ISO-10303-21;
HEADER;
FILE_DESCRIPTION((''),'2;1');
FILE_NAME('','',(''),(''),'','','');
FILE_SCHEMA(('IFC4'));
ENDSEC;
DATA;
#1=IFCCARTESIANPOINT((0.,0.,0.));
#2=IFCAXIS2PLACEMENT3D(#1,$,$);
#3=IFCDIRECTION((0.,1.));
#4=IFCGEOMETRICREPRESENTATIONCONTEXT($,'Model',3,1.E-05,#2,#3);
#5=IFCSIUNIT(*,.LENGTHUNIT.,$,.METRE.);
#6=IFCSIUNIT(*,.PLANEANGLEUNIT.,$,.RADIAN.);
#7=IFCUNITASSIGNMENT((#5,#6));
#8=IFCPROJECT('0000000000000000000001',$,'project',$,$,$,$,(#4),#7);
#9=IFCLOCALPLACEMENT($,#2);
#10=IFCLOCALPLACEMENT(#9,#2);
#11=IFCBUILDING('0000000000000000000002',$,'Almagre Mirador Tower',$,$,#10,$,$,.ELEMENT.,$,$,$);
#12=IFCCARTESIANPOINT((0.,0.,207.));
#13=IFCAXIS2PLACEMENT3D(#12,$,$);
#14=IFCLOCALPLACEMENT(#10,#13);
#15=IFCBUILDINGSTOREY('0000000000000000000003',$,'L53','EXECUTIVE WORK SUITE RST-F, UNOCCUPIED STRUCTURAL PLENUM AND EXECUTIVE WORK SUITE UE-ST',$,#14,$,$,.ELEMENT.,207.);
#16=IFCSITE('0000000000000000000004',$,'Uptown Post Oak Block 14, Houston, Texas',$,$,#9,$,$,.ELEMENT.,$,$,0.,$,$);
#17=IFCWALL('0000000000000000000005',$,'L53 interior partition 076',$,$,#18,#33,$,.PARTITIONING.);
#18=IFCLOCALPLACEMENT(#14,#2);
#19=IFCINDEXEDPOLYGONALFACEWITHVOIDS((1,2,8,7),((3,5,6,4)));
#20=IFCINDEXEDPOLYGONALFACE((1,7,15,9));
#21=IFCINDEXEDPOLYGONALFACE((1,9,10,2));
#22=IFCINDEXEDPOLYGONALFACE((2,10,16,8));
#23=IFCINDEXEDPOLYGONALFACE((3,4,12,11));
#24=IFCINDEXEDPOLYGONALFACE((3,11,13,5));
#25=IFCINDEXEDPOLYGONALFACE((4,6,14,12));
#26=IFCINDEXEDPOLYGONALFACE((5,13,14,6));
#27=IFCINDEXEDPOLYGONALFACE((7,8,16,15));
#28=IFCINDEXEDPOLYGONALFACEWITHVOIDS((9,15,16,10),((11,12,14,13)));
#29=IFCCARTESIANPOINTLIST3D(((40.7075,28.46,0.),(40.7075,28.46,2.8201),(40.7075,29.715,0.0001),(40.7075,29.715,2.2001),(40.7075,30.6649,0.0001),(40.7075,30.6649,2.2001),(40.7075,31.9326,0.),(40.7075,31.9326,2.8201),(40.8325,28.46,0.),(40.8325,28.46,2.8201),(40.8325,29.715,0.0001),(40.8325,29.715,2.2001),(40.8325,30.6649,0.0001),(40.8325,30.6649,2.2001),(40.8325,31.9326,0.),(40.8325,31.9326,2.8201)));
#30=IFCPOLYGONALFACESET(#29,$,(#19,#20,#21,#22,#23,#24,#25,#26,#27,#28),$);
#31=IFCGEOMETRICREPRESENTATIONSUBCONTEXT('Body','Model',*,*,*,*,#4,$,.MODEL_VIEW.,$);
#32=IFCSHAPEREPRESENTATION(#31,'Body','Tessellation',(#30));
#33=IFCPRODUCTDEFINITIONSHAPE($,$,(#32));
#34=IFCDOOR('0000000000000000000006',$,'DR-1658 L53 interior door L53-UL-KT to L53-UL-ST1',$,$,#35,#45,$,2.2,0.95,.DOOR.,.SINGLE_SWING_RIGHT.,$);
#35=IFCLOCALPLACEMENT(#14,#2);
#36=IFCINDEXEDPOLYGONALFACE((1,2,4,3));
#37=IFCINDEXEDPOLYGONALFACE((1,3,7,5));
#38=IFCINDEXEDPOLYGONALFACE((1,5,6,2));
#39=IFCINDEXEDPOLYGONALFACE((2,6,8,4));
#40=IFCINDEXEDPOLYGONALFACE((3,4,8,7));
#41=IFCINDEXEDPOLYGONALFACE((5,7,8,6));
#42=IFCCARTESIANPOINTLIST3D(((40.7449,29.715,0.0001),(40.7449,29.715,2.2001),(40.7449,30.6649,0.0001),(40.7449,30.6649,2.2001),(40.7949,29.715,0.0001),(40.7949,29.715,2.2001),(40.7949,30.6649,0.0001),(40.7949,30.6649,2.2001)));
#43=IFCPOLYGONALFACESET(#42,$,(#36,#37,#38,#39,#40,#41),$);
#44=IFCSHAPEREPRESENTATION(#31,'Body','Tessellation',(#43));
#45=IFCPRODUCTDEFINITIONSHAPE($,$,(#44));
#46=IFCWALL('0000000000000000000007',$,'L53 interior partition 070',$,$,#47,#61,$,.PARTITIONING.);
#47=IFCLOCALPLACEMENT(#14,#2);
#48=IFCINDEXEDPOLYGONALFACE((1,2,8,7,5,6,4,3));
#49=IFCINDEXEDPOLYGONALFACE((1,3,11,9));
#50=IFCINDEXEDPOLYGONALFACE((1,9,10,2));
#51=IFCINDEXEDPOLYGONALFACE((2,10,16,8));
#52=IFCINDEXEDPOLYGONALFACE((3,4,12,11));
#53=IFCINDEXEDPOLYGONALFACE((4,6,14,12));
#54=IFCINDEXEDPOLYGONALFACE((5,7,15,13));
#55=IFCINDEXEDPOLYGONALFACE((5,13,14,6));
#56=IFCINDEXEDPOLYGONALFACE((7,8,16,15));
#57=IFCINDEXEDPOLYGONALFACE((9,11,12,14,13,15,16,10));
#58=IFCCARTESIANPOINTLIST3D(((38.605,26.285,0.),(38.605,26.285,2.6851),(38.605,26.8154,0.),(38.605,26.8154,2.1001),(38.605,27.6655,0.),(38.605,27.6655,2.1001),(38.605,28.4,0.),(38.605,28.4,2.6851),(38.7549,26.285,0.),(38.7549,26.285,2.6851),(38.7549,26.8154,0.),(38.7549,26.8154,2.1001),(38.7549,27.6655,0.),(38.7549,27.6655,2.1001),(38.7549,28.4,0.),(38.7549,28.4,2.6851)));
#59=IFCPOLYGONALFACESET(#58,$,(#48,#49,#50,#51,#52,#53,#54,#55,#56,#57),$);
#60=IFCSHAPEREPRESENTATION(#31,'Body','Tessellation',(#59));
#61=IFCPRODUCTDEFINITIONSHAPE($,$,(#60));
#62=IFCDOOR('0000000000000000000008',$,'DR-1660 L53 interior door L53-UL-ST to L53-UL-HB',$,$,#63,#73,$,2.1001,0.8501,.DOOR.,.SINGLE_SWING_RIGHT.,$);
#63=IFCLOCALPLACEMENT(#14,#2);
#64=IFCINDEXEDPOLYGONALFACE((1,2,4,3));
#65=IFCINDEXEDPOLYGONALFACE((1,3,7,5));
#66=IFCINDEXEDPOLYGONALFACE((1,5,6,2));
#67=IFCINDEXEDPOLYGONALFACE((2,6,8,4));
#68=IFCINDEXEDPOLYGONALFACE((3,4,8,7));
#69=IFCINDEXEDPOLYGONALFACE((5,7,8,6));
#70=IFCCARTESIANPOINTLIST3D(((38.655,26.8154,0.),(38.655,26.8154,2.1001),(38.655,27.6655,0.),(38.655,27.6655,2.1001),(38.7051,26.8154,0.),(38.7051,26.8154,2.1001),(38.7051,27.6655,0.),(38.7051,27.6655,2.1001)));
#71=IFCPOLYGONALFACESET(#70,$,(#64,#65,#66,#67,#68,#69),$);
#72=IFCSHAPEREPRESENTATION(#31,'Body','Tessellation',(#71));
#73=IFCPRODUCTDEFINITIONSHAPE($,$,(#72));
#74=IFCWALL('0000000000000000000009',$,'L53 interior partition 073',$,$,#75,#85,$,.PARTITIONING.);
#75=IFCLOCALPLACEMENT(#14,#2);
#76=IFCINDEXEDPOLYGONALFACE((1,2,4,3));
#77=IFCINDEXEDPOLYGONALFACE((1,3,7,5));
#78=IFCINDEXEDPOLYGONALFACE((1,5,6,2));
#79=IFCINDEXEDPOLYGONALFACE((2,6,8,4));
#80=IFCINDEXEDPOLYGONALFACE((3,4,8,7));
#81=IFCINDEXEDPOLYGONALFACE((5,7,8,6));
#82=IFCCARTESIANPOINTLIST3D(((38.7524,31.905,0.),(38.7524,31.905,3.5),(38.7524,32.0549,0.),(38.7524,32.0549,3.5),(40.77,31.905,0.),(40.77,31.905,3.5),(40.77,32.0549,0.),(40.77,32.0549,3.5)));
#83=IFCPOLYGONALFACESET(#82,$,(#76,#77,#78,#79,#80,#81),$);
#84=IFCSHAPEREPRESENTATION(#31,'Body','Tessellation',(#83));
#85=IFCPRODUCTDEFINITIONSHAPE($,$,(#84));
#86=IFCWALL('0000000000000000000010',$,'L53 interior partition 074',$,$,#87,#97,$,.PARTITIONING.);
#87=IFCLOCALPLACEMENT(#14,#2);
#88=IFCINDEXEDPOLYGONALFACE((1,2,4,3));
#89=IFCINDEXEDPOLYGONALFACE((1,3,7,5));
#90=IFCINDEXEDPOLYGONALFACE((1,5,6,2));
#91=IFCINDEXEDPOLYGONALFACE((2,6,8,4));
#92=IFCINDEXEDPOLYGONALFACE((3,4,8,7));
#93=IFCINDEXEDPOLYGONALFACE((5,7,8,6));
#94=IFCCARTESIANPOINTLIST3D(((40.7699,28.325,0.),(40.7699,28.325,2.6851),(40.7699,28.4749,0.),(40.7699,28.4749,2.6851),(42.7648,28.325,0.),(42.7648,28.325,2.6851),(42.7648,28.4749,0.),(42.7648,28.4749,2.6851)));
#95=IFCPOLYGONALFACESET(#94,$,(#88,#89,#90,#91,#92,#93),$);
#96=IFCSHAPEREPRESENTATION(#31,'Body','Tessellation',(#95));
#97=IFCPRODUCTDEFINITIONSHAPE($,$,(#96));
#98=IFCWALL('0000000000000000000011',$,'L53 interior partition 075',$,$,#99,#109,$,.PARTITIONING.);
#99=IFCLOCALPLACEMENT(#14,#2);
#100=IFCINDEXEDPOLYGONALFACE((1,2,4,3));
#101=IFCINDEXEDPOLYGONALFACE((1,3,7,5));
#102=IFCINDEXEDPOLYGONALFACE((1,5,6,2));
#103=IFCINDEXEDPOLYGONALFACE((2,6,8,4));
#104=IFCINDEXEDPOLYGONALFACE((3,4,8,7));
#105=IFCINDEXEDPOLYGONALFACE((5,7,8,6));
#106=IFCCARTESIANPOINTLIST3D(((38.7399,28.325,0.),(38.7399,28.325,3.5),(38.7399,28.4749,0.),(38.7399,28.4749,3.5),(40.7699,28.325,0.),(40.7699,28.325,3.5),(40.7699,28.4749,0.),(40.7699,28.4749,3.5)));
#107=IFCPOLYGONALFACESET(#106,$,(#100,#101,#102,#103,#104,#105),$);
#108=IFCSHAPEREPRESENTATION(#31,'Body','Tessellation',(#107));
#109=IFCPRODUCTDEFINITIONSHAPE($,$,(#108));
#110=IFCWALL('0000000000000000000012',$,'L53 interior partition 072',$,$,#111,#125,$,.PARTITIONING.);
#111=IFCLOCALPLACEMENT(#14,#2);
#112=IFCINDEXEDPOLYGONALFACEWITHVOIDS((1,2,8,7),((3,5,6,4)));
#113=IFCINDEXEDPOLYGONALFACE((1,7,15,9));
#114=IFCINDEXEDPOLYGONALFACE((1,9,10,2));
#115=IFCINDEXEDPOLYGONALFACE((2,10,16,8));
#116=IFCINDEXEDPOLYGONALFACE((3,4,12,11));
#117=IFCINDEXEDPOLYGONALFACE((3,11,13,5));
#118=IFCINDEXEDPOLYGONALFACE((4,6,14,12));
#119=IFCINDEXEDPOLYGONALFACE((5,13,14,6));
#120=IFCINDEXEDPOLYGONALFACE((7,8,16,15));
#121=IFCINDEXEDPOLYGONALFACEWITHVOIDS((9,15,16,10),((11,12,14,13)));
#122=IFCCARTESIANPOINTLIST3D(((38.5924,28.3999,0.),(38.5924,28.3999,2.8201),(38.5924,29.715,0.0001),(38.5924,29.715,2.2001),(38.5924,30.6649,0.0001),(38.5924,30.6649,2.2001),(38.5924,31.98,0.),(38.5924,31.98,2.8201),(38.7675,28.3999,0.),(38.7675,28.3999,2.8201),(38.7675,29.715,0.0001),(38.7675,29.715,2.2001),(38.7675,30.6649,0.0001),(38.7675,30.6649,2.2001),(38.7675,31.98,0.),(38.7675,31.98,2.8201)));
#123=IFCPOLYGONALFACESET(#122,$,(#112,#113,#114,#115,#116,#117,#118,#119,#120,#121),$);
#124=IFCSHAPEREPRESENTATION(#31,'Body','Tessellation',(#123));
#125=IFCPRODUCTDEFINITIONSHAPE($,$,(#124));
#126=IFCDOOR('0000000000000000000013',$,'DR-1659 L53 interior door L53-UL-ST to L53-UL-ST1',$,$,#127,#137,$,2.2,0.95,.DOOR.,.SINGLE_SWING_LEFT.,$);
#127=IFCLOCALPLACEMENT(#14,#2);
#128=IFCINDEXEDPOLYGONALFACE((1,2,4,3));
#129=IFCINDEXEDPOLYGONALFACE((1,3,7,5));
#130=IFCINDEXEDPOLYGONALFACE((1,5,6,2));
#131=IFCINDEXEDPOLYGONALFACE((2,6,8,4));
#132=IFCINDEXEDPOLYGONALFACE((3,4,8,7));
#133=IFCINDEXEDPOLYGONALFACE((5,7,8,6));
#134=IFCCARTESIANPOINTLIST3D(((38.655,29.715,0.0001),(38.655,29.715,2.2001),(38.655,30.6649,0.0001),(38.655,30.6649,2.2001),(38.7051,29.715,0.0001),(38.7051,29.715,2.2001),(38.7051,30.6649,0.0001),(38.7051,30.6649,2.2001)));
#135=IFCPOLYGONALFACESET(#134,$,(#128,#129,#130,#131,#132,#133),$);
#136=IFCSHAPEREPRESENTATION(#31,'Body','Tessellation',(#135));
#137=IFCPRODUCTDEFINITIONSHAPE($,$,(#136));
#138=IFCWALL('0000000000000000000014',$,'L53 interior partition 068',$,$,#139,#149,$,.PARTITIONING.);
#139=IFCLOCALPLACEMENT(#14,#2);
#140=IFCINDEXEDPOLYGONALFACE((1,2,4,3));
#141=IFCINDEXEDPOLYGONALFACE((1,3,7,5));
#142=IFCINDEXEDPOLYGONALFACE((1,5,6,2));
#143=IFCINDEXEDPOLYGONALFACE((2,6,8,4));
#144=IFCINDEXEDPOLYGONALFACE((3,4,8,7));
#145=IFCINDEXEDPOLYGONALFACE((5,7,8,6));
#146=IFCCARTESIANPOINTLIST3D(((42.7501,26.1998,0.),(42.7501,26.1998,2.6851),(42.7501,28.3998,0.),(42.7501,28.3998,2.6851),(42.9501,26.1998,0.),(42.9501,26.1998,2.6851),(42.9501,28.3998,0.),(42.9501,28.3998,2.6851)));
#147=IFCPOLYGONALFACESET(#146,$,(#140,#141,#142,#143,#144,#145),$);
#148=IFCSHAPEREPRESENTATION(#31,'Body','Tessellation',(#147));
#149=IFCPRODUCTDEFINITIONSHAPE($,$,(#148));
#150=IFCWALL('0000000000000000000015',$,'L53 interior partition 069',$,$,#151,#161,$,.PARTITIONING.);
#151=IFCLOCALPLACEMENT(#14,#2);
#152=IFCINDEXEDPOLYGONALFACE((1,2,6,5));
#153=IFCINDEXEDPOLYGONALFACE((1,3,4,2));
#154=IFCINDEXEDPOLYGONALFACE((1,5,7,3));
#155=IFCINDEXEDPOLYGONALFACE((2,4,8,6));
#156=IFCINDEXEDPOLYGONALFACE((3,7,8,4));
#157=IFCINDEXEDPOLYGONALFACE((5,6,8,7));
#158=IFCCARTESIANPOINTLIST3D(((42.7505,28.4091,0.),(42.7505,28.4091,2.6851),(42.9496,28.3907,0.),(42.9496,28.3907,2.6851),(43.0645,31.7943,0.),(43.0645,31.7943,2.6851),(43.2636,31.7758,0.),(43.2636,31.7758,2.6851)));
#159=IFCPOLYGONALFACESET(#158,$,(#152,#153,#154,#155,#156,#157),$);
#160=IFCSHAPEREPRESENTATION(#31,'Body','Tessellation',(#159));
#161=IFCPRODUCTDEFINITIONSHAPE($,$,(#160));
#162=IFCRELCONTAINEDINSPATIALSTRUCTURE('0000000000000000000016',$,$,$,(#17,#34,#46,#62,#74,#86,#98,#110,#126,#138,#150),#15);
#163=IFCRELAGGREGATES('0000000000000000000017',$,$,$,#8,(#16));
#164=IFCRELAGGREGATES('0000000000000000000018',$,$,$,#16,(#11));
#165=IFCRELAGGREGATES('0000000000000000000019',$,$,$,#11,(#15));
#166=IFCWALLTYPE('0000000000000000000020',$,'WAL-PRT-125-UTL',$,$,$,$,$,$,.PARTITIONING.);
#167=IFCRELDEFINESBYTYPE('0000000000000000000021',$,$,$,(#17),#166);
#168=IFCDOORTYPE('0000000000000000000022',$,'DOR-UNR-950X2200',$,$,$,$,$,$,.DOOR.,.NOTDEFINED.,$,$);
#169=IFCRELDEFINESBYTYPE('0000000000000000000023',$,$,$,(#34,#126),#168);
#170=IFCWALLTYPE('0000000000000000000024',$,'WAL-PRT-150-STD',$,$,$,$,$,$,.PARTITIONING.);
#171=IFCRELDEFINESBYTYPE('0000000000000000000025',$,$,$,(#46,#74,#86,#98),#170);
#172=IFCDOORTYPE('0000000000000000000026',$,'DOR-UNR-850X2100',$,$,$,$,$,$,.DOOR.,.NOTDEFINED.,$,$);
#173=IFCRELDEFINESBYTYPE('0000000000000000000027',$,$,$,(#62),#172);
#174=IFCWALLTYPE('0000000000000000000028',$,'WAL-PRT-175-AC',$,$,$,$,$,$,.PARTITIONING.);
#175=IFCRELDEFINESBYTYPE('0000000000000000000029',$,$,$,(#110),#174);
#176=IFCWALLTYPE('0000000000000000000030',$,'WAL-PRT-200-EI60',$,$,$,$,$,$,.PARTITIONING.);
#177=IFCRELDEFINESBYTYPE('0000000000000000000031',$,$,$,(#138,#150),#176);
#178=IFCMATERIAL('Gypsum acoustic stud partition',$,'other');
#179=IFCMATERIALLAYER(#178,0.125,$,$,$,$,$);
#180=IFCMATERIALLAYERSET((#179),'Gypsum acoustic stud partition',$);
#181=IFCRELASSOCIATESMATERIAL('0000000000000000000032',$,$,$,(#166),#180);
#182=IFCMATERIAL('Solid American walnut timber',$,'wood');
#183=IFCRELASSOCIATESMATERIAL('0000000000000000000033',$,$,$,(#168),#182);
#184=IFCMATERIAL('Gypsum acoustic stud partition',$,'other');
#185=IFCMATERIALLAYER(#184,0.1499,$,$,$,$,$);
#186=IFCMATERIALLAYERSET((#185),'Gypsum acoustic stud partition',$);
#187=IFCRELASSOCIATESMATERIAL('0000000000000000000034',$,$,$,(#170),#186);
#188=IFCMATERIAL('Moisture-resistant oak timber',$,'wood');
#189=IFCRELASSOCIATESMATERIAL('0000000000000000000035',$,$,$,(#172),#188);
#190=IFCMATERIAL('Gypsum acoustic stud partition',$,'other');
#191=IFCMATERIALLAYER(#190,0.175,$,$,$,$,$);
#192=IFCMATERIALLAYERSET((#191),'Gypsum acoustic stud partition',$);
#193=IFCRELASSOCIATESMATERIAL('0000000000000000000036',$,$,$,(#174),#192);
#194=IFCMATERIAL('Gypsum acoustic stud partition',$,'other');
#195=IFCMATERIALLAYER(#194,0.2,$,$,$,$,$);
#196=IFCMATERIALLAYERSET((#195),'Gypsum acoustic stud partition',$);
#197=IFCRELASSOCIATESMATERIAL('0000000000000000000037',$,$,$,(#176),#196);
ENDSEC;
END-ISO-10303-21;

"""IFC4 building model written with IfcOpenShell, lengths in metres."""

from ifc_helpers import new_model, si_unit, direction, frame, frame_2d, origin, place, context, subcontext, project, spatial, rectangle, extrude, material, layer, layer_set, type_object, element, fill, save


model = new_model("IFC4")

# Units and contexts
model_context = context("Model", 3, precision=1e-05, world=origin(), true_north=direction((0.0, 1.0)))
body_context = subcontext(model_context, "Body", "Model", "MODEL_VIEW")
ifc_project = project(units=[si_unit("LENGTHUNIT", "METRE"), si_unit("PLANEANGLEUNIT", "RADIAN")], contexts=[model_context])

# Site, building, storey
site_placement = place(None, origin())
site = spatial("IfcSite", under=ifc_project, at=site_placement, Name="Uptown Post Oak Block 14, Houston, Texas", CompositionType="ELEMENT", RefElevation=0.0)
building_placement = place(site_placement, origin())
building = spatial("IfcBuilding", under=site, at=building_placement, Name="Almagre Mirador Tower", CompositionType="ELEMENT")
storey_placement = place(building_placement, frame((0.0, 0.0, 207.0)))
storey = spatial("IfcBuildingStorey", under=building, at=storey_placement, Name="L53", Description="EXECUTIVE WORK SUITE RST-F, UNOCCUPIED STRUCTURAL PLENUM AND EXECUTIVE WORK SUITE UE-ST", CompositionType="ELEMENT", Elevation=207.0)

# Shared definitions
ifc_material_1 = material(Name="Gypsum acoustic stud partition", Category="other")
ifc_layer_1 = layer(ifc_material_1, 0.125)
ifc_layer_set_1 = layer_set([ifc_layer_1], Name="Gypsum acoustic stud partition")
wall_type_1 = type_object("IfcWallType", Name="WAL-PRT-125-UTL", PredefinedType="PARTITIONING", material=ifc_layer_set_1)

# Walls, openings, doors
wall_1_placement = place(storey_placement, frame((40.77, 31.9326, 0.0), z_axis=(0.0, 0.0, 1.0), x_axis=(0.0, -1.0, 0.0)))
wall_1 = element("IfcWall", 1, at=wall_1_placement, inside=storey, type_object=wall_type_1, Name="L53 interior partition 076", PredefinedType="PARTITIONING", context=body_context, shape_type="SweptSolid", body=[
    extrude(rectangle(XDim=3.4727, YDim=0.125, at=frame_2d((1.7363, 0.0))), origin(), (0.0, 0.0, 1.0), 2.8201),
])
opening_1_placement = place(wall_1_placement, frame((1.2676, 0.0, 0.0)))
opening_1 = element("IfcOpeningElement", 2, at=opening_1_placement, cuts=wall_1, PredefinedType="OPENING", context=body_context, shape_type="SweptSolid", body=[
    extrude(rectangle(XDim=0.95, YDim=2.2, at=frame_2d((0.4751, 1.1001))), frame((0.0, 0.0725, 0.0), z_axis=(0.0, -1.0, 0.0), x_axis=(1.0, 0.0, 0.0)), (0.0, 0.0, 1.0), 0.145),
])
ifc_material_2 = material(Name="Solid American walnut timber", Category="wood")
door_type_1 = type_object("IfcDoorType", Name="DOR-UNR-950X2200", OperationType="NOTDEFINED", PredefinedType="DOOR", material=ifc_material_2)
door_1_placement = place(opening_1_placement, origin())
door_1 = element("IfcDoor", 3, at=door_1_placement, inside=storey, type_object=door_type_1, Name="DR-1658 L53 interior door L53-UL-KT to L53-UL-ST1", OperationType="SINGLE_SWING_RIGHT", OverallHeight=2.2, OverallWidth=0.95, PredefinedType="DOOR", context=body_context, shape_type="SweptSolid", body=[
    extrude(rectangle(XDim=0.95, YDim=2.2, at=frame_2d((0.4751, 1.1001))), frame((0.0, 0.0249, 0.0), z_axis=(0.0, -1.0, 0.0), x_axis=(1.0, 0.0, 0.0)), (0.0, 0.0, 1.0), 0.05),
])
fill(opening_1, door_1)
ifc_material_3 = material(Name="Gypsum acoustic stud partition", Category="other")
ifc_layer_2 = layer(ifc_material_3, 0.1499)
ifc_layer_set_2 = layer_set([ifc_layer_2], Name="Gypsum acoustic stud partition")
wall_type_2 = type_object("IfcWallType", Name="WAL-PRT-150-STD", PredefinedType="PARTITIONING", material=ifc_layer_set_2)
wall_2_placement = place(storey_placement, frame((38.6799, 26.2849, 0.0), z_axis=(0.0, 0.0, 1.0), x_axis=(0.0, 1.0, 0.0)))
wall_2 = element("IfcWall", 4, at=wall_2_placement, inside=storey, type_object=wall_type_2, Name="L53 interior partition 070", PredefinedType="PARTITIONING", context=body_context, shape_type="SweptSolid", body=[
    extrude(rectangle(XDim=2.115, YDim=0.1499, at=frame_2d((1.0576, 0.0))), origin(), (0.0, 0.0, 1.0), 2.6851),
])
opening_2_placement = place(wall_2_placement, frame((0.5305, 0.0, 0.0)))
opening_2 = element("IfcOpeningElement", 5, at=opening_2_placement, cuts=wall_2, PredefinedType="OPENING", context=body_context, shape_type="SweptSolid", body=[
    extrude(rectangle(XDim=0.8501, YDim=2.1001, at=frame_2d((0.425, 1.05))), frame((0.0, 0.085, 0.0), z_axis=(0.0, -1.0, 0.0), x_axis=(1.0, 0.0, 0.0)), (0.0, 0.0, 1.0), 0.1699),
])
ifc_material_4 = material(Name="Moisture-resistant oak timber", Category="wood")
door_type_2 = type_object("IfcDoorType", Name="DOR-UNR-850X2100", OperationType="NOTDEFINED", PredefinedType="DOOR", material=ifc_material_4)
door_2_placement = place(opening_2_placement, origin())
door_2 = element("IfcDoor", 6, at=door_2_placement, inside=storey, type_object=door_type_2, Name="DR-1660 L53 interior door L53-UL-ST to L53-UL-HB", OperationType="SINGLE_SWING_RIGHT", OverallHeight=2.1001, OverallWidth=0.8501, PredefinedType="DOOR", context=body_context, shape_type="SweptSolid", body=[
    extrude(rectangle(XDim=0.8501, YDim=2.1001, at=frame_2d((0.425, 1.05))), frame((0.0, 0.0249, 0.0), z_axis=(0.0, -1.0, 0.0), x_axis=(1.0, 0.0, 0.0)), (0.0, 0.0, 1.0), 0.05),
])
fill(opening_2, door_2)

# Walls
wall_3_placement = place(storey_placement, frame((38.7524, 31.98, 0.0), z_axis=(0.0, 0.0, 1.0), x_axis=(1.0, 0.0, 0.0)))
element("IfcWall", 7, at=wall_3_placement, inside=storey, type_object=wall_type_2, Name="L53 interior partition 073", PredefinedType="PARTITIONING", context=body_context, shape_type="SweptSolid", body=[
    extrude(rectangle(XDim=2.0176, YDim=0.1499, at=frame_2d((1.0088, 0.0))), origin(), (0.0, 0.0, 1.0), 3.5),
])
wall_4_placement = place(storey_placement, frame((42.7649, 28.3999, 0.0), z_axis=(0.0, 0.0, 1.0), x_axis=(-1.0, 0.0, 0.0)))
element("IfcWall", 8, at=wall_4_placement, inside=storey, type_object=wall_type_2, Name="L53 interior partition 074", PredefinedType="PARTITIONING", context=body_context, shape_type="SweptSolid", body=[
    extrude(rectangle(XDim=1.9949, YDim=0.1499, at=frame_2d((0.9976, 0.0))), origin(), (0.0, 0.0, 1.0), 2.6851),
])
wall_5_placement = place(storey_placement, frame((40.77, 28.3999, 0.0), z_axis=(0.0, 0.0, 1.0), x_axis=(-1.0, 0.0, 0.0)))
element("IfcWall", 9, at=wall_5_placement, inside=storey, type_object=wall_type_2, Name="L53 interior partition 075", PredefinedType="PARTITIONING", context=body_context, shape_type="SweptSolid", body=[
    extrude(rectangle(XDim=2.03, YDim=0.1499, at=frame_2d((1.0151, 0.0))), origin(), (0.0, 0.0, 1.0), 3.5),
])

# Wall, opening, door
ifc_material_5 = material(Name="Gypsum acoustic stud partition", Category="other")
ifc_layer_3 = layer(ifc_material_5, 0.175)
ifc_layer_set_3 = layer_set([ifc_layer_3], Name="Gypsum acoustic stud partition")
wall_type_3 = type_object("IfcWallType", Name="WAL-PRT-175-AC", PredefinedType="PARTITIONING", material=ifc_layer_set_3)
wall_6_placement = place(storey_placement, frame((38.6799, 28.3999, 0.0), z_axis=(0.0, 0.0, 1.0), x_axis=(0.0, 1.0, 0.0)))
wall_6 = element("IfcWall", 10, at=wall_6_placement, inside=storey, type_object=wall_type_3, Name="L53 interior partition 072", PredefinedType="PARTITIONING", context=body_context, shape_type="SweptSolid", body=[
    extrude(rectangle(XDim=3.5801, YDim=0.175, at=frame_2d((1.79, 0.0))), origin(), (0.0, 0.0, 1.0), 2.8201),
])
opening_3_placement = place(wall_6_placement, frame((1.3149, 0.0, 0.0)))
opening_3 = element("IfcOpeningElement", 11, at=opening_3_placement, cuts=wall_6, PredefinedType="OPENING", context=body_context, shape_type="SweptSolid", body=[
    extrude(rectangle(XDim=0.95, YDim=2.2, at=frame_2d((0.4751, 1.1001))), frame((0.0, 0.0974, 0.0), z_axis=(0.0, -1.0, 0.0), x_axis=(1.0, 0.0, 0.0)), (0.0, 0.0, 1.0), 0.195),
])
door_3_placement = place(opening_3_placement, origin())
door_3 = element("IfcDoor", 12, at=door_3_placement, inside=storey, type_object=door_type_1, Name="DR-1659 L53 interior door L53-UL-ST to L53-UL-ST1", OperationType="SINGLE_SWING_LEFT", OverallHeight=2.2, OverallWidth=0.95, PredefinedType="DOOR", context=body_context, shape_type="SweptSolid", body=[
    extrude(rectangle(XDim=0.95, YDim=2.2, at=frame_2d((0.4751, 1.1001))), frame((0.0, 0.0249, 0.0), z_axis=(0.0, -1.0, 0.0), x_axis=(1.0, 0.0, 0.0)), (0.0, 0.0, 1.0), 0.05),
])
fill(opening_3, door_3)

# Walls
ifc_material_6 = material(Name="Gypsum acoustic stud partition", Category="other")
ifc_layer_4 = layer(ifc_material_6, 0.2)
ifc_layer_set_4 = layer_set([ifc_layer_4], Name="Gypsum acoustic stud partition")
wall_type_4 = type_object("IfcWallType", Name="WAL-PRT-200-EI60", PredefinedType="PARTITIONING", material=ifc_layer_set_4)
wall_7_placement = place(storey_placement, frame((42.8501, 28.3999, 0.0), z_axis=(0.0, 0.0, 1.0), x_axis=(0.0, -1.0, 0.0)))
element("IfcWall", 13, at=wall_7_placement, inside=storey, type_object=wall_type_4, Name="L53 interior partition 068", PredefinedType="PARTITIONING", context=body_context, shape_type="SweptSolid", body=[
    extrude(rectangle(XDim=2.2, YDim=0.2, at=frame_2d((1.1001, 0.0))), origin(), (0.0, 0.0, 1.0), 2.6851),
])
wall_8_placement = place(storey_placement, frame((43.1641, 31.7849, 0.0), z_axis=(0.0, 0.0, 1.0), x_axis=(-0.092355, -0.995726, 0.0)))
element("IfcWall", 14, at=wall_8_placement, inside=storey, type_object=wall_type_4, Name="L53 interior partition 069", PredefinedType="PARTITIONING", context=body_context, shape_type="SweptSolid", body=[
    extrude(rectangle(XDim=3.3997, YDim=0.2, at=frame_2d((1.6997, 0.0))), origin(), (0.0, 0.0, 1.0), 2.6851),
])

save(model, "model.ifc")
